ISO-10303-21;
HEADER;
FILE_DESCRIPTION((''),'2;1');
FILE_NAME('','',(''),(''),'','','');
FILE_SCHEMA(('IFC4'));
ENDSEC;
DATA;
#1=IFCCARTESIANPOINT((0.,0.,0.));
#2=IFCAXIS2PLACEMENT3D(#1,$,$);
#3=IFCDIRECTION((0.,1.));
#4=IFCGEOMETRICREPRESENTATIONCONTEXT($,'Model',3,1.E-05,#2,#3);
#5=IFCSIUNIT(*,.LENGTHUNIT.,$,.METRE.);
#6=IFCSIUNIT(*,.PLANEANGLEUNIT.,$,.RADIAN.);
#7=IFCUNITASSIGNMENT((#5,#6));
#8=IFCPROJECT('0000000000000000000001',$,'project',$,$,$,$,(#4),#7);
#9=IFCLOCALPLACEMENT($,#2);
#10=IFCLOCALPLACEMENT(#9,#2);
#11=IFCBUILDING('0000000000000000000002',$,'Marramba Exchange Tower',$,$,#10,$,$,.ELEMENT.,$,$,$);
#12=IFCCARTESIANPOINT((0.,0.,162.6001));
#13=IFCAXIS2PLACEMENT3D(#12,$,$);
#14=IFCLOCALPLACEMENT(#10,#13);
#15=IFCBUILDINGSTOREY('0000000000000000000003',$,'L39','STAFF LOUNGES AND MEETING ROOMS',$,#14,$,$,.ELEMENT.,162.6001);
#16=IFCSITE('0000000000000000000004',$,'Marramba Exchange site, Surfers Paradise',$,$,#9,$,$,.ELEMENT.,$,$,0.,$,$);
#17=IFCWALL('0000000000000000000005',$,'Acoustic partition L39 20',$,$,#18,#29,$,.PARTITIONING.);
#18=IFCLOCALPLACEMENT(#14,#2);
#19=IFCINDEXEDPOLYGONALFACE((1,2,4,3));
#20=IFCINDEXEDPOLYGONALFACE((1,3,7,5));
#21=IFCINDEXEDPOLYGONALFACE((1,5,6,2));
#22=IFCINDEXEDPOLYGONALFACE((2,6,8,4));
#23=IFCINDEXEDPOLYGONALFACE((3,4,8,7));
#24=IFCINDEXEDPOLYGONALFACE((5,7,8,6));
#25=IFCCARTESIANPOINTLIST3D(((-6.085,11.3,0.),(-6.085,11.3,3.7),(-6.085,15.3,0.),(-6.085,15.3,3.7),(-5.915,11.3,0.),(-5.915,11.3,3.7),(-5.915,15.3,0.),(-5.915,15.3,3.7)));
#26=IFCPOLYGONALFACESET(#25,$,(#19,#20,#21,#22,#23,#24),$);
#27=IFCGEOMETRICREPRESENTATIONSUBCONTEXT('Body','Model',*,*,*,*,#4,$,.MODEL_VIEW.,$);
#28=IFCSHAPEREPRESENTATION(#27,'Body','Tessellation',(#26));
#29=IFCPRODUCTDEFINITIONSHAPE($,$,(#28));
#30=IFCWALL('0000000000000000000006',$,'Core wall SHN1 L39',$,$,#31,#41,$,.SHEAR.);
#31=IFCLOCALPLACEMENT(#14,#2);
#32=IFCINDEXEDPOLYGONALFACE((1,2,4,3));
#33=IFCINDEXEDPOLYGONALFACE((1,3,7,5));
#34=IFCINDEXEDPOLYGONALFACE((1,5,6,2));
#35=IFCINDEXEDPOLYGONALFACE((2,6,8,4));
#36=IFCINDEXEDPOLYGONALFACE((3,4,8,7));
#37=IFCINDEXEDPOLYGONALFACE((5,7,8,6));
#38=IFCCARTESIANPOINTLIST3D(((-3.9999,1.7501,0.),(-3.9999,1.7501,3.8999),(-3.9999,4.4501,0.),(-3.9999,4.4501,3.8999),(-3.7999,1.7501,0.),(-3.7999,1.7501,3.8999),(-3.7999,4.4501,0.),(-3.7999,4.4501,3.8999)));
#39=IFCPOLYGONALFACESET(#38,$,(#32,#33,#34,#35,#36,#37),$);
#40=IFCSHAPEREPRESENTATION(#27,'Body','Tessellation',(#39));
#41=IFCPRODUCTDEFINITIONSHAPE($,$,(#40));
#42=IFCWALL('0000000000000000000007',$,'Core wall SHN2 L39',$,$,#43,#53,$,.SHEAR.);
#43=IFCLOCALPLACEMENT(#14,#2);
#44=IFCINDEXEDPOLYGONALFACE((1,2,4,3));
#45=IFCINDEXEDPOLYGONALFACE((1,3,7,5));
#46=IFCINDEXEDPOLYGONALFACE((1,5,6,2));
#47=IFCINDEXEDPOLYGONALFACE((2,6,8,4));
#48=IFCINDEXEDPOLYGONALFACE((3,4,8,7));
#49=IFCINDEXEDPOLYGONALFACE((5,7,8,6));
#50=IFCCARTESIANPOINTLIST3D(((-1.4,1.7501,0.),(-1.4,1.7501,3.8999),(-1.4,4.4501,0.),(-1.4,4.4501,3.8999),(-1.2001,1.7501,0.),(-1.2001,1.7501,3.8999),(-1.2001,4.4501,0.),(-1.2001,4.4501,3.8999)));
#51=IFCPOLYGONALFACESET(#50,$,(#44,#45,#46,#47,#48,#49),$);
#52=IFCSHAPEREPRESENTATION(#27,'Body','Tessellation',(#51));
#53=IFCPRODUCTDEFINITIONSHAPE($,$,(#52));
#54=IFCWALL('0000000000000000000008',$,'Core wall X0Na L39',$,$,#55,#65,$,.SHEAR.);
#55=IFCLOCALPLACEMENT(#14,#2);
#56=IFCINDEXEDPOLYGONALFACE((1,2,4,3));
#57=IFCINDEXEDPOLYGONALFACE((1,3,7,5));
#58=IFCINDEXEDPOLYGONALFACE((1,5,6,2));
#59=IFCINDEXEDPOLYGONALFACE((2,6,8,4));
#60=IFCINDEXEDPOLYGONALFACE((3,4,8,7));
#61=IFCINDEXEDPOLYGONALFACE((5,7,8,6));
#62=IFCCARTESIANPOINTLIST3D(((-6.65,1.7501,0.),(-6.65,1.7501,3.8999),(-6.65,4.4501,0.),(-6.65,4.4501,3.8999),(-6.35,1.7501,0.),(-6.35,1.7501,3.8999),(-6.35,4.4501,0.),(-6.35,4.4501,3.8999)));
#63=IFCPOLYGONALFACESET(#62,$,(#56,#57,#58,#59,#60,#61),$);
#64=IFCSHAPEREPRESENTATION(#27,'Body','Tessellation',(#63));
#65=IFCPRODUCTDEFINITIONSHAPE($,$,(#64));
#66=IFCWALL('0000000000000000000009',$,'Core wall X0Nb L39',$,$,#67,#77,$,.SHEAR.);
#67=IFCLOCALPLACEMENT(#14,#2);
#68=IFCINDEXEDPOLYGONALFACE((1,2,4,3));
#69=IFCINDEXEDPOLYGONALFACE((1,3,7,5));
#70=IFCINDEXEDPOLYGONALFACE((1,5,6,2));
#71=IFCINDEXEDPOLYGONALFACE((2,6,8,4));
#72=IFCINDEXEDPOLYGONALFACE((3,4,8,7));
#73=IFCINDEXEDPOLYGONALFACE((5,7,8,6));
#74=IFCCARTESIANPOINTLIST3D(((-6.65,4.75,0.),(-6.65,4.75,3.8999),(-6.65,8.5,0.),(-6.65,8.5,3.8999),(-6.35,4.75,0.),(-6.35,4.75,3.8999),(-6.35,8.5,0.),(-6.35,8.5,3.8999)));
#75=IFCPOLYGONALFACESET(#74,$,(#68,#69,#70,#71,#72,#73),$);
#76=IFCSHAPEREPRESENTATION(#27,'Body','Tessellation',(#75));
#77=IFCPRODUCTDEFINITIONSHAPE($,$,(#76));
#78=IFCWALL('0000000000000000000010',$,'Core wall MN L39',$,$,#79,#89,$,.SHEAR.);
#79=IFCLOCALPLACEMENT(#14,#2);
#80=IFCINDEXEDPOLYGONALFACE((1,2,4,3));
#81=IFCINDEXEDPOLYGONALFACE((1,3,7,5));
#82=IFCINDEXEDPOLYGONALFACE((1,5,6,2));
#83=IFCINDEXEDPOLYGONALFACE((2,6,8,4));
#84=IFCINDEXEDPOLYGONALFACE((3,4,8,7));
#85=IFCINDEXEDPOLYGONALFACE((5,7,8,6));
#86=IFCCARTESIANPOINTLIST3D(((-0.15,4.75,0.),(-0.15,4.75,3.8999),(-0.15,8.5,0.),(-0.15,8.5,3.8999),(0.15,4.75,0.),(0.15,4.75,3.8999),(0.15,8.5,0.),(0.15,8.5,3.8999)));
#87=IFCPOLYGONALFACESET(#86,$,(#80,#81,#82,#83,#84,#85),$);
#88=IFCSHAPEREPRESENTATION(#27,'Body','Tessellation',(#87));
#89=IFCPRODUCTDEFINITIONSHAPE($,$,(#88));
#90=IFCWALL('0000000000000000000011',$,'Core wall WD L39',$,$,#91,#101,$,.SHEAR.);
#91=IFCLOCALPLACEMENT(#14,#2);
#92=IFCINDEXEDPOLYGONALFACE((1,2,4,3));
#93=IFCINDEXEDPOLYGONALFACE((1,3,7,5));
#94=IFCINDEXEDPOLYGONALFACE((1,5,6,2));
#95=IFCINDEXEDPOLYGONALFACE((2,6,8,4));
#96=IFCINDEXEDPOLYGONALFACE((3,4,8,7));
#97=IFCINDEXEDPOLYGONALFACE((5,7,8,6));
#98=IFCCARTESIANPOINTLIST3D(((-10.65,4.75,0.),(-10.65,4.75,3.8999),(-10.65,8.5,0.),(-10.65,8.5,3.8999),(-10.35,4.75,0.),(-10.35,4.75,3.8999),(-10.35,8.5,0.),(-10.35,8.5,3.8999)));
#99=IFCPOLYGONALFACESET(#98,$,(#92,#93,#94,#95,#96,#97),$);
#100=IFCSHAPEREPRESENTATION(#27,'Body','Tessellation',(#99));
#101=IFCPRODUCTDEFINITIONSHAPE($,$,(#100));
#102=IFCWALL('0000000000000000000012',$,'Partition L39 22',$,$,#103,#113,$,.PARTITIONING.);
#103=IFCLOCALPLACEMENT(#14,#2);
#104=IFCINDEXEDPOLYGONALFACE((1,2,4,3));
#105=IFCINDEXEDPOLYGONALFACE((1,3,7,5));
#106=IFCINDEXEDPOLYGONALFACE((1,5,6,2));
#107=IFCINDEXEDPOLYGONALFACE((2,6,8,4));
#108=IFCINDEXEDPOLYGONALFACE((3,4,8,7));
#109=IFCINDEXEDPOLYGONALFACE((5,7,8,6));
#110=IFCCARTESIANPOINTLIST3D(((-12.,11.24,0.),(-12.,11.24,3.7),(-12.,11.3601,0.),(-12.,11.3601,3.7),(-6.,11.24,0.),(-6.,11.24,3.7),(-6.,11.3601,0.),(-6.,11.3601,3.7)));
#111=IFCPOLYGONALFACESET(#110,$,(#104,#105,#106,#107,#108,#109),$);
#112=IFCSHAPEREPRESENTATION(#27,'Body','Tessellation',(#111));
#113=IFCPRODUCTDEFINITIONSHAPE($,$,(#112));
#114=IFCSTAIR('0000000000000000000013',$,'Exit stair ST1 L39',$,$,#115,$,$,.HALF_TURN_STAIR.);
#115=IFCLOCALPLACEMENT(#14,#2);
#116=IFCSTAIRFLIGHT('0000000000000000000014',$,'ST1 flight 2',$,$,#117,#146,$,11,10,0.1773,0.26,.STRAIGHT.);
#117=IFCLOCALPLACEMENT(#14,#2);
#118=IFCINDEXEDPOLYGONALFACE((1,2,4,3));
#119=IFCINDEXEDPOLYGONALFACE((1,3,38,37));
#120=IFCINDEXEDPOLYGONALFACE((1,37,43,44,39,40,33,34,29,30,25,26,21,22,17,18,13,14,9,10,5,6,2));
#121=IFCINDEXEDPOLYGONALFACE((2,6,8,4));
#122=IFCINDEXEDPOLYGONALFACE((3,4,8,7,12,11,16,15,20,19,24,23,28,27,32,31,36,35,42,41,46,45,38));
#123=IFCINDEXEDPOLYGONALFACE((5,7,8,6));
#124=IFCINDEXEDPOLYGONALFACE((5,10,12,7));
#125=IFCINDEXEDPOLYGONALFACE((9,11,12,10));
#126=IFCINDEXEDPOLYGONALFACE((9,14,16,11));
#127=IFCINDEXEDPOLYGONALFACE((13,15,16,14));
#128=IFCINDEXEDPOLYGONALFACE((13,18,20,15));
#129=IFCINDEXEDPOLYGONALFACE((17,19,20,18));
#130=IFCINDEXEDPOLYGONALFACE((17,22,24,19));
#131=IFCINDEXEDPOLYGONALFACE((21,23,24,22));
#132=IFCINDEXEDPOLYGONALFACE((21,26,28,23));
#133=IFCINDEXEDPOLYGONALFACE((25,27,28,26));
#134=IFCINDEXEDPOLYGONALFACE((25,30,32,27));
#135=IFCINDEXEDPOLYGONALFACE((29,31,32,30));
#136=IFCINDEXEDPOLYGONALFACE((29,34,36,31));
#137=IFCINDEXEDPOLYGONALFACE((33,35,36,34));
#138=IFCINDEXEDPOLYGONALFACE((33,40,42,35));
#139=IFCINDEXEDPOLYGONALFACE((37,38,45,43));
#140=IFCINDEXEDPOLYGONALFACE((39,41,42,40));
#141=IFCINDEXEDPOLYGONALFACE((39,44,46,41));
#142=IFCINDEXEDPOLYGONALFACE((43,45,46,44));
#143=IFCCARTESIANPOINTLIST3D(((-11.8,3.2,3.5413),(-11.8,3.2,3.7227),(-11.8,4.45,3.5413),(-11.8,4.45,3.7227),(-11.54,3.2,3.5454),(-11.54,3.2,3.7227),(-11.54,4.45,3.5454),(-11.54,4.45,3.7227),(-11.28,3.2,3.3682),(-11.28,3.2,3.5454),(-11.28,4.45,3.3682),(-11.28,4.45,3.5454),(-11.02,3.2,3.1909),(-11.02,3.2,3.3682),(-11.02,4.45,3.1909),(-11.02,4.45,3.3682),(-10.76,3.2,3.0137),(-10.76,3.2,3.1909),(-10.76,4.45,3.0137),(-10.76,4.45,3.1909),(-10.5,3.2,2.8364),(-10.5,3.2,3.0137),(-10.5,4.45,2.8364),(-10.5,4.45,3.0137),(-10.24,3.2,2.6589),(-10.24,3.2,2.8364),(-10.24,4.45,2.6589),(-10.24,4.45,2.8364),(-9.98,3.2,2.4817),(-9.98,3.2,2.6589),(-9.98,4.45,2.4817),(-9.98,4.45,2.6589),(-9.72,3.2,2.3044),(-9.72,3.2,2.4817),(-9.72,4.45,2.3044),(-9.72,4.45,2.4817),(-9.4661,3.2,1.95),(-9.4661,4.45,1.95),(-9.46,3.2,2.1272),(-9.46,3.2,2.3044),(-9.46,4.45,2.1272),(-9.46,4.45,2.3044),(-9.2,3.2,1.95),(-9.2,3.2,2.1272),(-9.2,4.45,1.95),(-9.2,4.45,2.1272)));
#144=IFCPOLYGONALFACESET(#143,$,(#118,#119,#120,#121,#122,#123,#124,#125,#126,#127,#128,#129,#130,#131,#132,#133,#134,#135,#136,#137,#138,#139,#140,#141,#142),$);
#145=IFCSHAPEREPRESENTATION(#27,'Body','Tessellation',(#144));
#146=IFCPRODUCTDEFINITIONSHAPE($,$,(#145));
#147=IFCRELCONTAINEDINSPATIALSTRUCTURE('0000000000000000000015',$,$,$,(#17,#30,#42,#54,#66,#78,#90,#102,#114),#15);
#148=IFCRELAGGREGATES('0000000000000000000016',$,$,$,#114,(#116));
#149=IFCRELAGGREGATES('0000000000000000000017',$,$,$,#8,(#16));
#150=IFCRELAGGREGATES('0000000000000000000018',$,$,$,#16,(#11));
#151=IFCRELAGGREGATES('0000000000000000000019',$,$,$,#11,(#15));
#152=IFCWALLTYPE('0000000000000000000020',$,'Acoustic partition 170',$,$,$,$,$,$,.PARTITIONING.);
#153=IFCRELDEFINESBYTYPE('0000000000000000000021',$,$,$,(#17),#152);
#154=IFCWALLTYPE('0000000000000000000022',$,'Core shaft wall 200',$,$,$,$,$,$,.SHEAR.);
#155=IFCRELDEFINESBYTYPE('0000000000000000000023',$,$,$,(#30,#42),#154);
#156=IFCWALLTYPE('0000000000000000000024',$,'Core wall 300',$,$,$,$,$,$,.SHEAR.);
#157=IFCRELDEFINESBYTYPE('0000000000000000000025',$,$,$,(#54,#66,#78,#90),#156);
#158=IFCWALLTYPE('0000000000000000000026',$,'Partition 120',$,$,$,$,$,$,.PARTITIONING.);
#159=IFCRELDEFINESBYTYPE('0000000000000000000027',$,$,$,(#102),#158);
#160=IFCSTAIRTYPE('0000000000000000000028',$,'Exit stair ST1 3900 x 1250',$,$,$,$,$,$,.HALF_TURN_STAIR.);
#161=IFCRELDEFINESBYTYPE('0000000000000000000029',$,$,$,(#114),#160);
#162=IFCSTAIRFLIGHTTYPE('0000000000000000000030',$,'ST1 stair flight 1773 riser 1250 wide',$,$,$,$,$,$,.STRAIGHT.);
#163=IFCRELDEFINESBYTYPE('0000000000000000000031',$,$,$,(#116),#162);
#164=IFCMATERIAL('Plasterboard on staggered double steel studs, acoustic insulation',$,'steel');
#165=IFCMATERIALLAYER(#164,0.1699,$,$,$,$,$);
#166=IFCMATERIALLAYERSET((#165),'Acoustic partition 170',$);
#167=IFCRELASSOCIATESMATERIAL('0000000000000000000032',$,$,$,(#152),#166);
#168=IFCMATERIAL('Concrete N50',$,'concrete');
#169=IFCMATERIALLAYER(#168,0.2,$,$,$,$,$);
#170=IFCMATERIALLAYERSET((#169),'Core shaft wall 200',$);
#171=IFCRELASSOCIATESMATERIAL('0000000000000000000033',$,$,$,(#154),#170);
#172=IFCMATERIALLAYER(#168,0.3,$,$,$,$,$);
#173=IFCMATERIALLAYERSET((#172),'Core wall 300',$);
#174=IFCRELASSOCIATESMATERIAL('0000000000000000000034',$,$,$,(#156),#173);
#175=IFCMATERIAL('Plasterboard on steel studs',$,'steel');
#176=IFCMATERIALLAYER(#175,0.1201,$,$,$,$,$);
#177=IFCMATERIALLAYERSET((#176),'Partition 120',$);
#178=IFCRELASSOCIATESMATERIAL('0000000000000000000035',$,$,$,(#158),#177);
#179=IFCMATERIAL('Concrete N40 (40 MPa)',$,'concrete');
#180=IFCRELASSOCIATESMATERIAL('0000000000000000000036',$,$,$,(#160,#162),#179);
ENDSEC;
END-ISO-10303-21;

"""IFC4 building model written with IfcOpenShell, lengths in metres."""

from ifc_helpers import new_model, si_unit, direction, frame, frame_2d, origin, place, context, subcontext, project, spatial, polyline, rectangle, outline, extrude, material, layer, layer_set, type_object, element, aggregate, save


model = new_model("IFC4")

# Units and contexts
model_context = context("Model", 3, precision=1e-05, world=origin(), true_north=direction((0.0, 1.0)))
body_context = subcontext(model_context, "Body", "Model", "MODEL_VIEW")
ifc_project = project(units=[si_unit("LENGTHUNIT", "METRE"), si_unit("PLANEANGLEUNIT", "RADIAN")], contexts=[model_context])

# Site, building, storey
site_placement = place(None, origin())
site = spatial("IfcSite", under=ifc_project, at=site_placement, Name="Marramba Exchange site, Surfers Paradise", CompositionType="ELEMENT", RefElevation=0.0)
building_placement = place(site_placement, origin())
building = spatial("IfcBuilding", under=site, at=building_placement, Name="Marramba Exchange Tower", CompositionType="ELEMENT")
storey_placement = place(building_placement, frame((0.0, 0.0, 162.6001)))
storey = spatial("IfcBuildingStorey", under=building, at=storey_placement, Name="L39", Description="STAFF LOUNGES AND MEETING ROOMS", CompositionType="ELEMENT", Elevation=162.6001)

# Shared definitions
ifc_material_1 = material(Name="Plasterboard on staggered double steel studs, acoustic insulation", Category="steel")
ifc_layer_1 = layer(ifc_material_1, 0.1699)
ifc_layer_set_1 = layer_set([ifc_layer_1], Name="Acoustic partition 170")
wall_type_1 = type_object("IfcWallType", Name="Acoustic partition 170", PredefinedType="PARTITIONING", material=ifc_layer_set_1)

# Walls
for number, where, z_axis, x_axis, name in (
    (1, (-6.0, 15.3, 0.0), (0.0, 0.0, 1.0), (0.0, -1.0, 0.0), "Acoustic partition L39 20"),
):
    element("IfcWall", number, at=place(storey_placement, frame(where, z_axis=z_axis, x_axis=x_axis)), inside=storey, type_object=wall_type_1, Name=name, PredefinedType="PARTITIONING", context=body_context, shape_type="SweptSolid", body=[
        extrude(rectangle(XDim=4.0, YDim=0.1699, at=frame_2d((2.0, 0.0))), origin(), (0.0, 0.0, 1.0), 3.7),
    ])
ifc_material_2 = material(Name="Concrete N50", Category="concrete")
ifc_layer_2 = layer(ifc_material_2, 0.2)
ifc_layer_set_2 = layer_set([ifc_layer_2], Name="Core shaft wall 200")
wall_type_2 = type_object("IfcWallType", Name="Core shaft wall 200", PredefinedType="SHEAR", material=ifc_layer_set_2)
for number, where, z_axis, x_axis, name in (
    (2, (-3.8999, 1.75, 0.0), (0.0, 0.0, 1.0), (0.0, 1.0, 0.0), "Core wall SHN1 L39"),
    (3, (-1.3, 1.75, 0.0), (0.0, 0.0, 1.0), (0.0, 1.0, 0.0), "Core wall SHN2 L39"),
):
    element("IfcWall", number, at=place(storey_placement, frame(where, z_axis=z_axis, x_axis=x_axis)), inside=storey, type_object=wall_type_2, Name=name, PredefinedType="SHEAR", context=body_context, shape_type="SweptSolid", body=[
        extrude(rectangle(XDim=2.7, YDim=0.2, at=frame_2d((1.3501, 0.0))), origin(), (0.0, 0.0, 1.0), 3.8999),
    ])
ifc_layer_3 = layer(ifc_material_2, 0.3)
ifc_layer_set_3 = layer_set([ifc_layer_3], Name="Core wall 300")
wall_type_3 = type_object("IfcWallType", Name="Core wall 300", PredefinedType="SHEAR", material=ifc_layer_set_3)
wall_1_placement = place(storey_placement, frame((-6.5, 1.75, 0.0), z_axis=(0.0, 0.0, 1.0), x_axis=(0.0, 1.0, 0.0)))
element("IfcWall", 4, at=wall_1_placement, inside=storey, type_object=wall_type_3, Name="Core wall X0Na L39", PredefinedType="SHEAR", context=body_context, shape_type="SweptSolid", body=[
    extrude(rectangle(XDim=2.7, YDim=0.3, at=frame_2d((1.3501, 0.0))), origin(), (0.0, 0.0, 1.0), 3.8999),
])
for number, where, z_axis, x_axis, name in (
    (5, (-6.5, 4.75, 0.0), (0.0, 0.0, 1.0), (0.0, 1.0, 0.0), "Core wall X0Nb L39"),
    (6, (0.0, 4.75, 0.0), (0.0, 0.0, 1.0), (0.0, 1.0, 0.0), "Core wall MN L39"),
    (7, (-10.5, 4.75, 0.0), (0.0, 0.0, 1.0), (0.0, 1.0, 0.0), "Core wall WD L39"),
):
    element("IfcWall", number, at=place(storey_placement, frame(where, z_axis=z_axis, x_axis=x_axis)), inside=storey, type_object=wall_type_3, Name=name, PredefinedType="SHEAR", context=body_context, shape_type="SweptSolid", body=[
        extrude(rectangle(XDim=3.75, YDim=0.3, at=frame_2d((1.875, 0.0))), origin(), (0.0, 0.0, 1.0), 3.8999),
    ])
ifc_material_3 = material(Name="Plasterboard on steel studs", Category="steel")
ifc_layer_4 = layer(ifc_material_3, 0.1201)
ifc_layer_set_4 = layer_set([ifc_layer_4], Name="Partition 120")
wall_type_4 = type_object("IfcWallType", Name="Partition 120", PredefinedType="PARTITIONING", material=ifc_layer_set_4)
wall_2_placement = place(storey_placement, frame((-6.0, 11.3, 0.0), z_axis=(0.0, 0.0, 1.0), x_axis=(-1.0, 0.0, 0.0)))
element("IfcWall", 8, at=wall_2_placement, inside=storey, type_object=wall_type_4, Name="Partition L39 22", PredefinedType="PARTITIONING", context=body_context, shape_type="SweptSolid", body=[
    extrude(rectangle(XDim=6.0, YDim=0.1201, at=frame_2d((3.0, 0.0))), origin(), (0.0, 0.0, 1.0), 3.7),
])

# Stair, stair flight
ifc_material_4 = material(Name="Concrete N40 (40 MPa)", Category="concrete")
stair_type = type_object("IfcStairType", Name="Exit stair ST1 3900 x 1250", PredefinedType="HALF_TURN_STAIR", material=ifc_material_4)
stair_placement = place(storey_placement, origin())
stair = element("IfcStair", 9, at=stair_placement, inside=storey, type_object=stair_type, Name="Exit stair ST1 L39", PredefinedType="HALF_TURN_STAIR")
stair_flight_type = type_object("IfcStairFlightType", Name="ST1 stair flight 1773 riser 1250 wide", PredefinedType="STRAIGHT", material=ifc_material_4)
stair_flight_placement = place(storey_placement, frame((-9.2, 3.825, 1.95), z_axis=(0.0, 0.0, 1.0), x_axis=(-1.0, 0.0, 0.0)))
stair_flight = element("IfcStairFlight", 10, at=stair_flight_placement, type_object=stair_flight_type, Name="ST1 flight 2", NumberOfRisers=11, NumberOfTreads=10, PredefinedType="STRAIGHT", RiserHeight=0.1773, TreadLength=0.26, context=body_context, shape_type="SweptSolid", body=[
    extrude(outline(polyline([(0.0, 0.0), (0.0, 0.1772), (0.26, 0.1772), (0.26, 0.3545), (0.52, 0.3545), (0.52, 0.5317), (0.78, 0.5317), (0.78, 0.709), (1.04, 0.709), (1.04, 0.8865), (1.3, 0.8865), (1.3, 1.0637), (1.5601, 1.0637), (1.5601, 1.241), (1.8201, 1.241), (1.8201, 1.4182), (2.0801, 1.4182), (2.0801, 1.5955), (2.3401, 1.5955), (2.3401, 1.7727), (2.6001, 1.7727), (2.6001, 1.95), (2.6001, 1.5913), (0.2661, 0.0), (0.0, 0.0)])), frame((0.0, 0.625, 0.0), z_axis=(0.0, -1.0, 0.0), x_axis=(1.0, 0.0, 0.0)), (0.0, 0.0, 1.0), 1.25),
])
aggregate(stair, [stair_flight])

save(model, "model.ifc")
